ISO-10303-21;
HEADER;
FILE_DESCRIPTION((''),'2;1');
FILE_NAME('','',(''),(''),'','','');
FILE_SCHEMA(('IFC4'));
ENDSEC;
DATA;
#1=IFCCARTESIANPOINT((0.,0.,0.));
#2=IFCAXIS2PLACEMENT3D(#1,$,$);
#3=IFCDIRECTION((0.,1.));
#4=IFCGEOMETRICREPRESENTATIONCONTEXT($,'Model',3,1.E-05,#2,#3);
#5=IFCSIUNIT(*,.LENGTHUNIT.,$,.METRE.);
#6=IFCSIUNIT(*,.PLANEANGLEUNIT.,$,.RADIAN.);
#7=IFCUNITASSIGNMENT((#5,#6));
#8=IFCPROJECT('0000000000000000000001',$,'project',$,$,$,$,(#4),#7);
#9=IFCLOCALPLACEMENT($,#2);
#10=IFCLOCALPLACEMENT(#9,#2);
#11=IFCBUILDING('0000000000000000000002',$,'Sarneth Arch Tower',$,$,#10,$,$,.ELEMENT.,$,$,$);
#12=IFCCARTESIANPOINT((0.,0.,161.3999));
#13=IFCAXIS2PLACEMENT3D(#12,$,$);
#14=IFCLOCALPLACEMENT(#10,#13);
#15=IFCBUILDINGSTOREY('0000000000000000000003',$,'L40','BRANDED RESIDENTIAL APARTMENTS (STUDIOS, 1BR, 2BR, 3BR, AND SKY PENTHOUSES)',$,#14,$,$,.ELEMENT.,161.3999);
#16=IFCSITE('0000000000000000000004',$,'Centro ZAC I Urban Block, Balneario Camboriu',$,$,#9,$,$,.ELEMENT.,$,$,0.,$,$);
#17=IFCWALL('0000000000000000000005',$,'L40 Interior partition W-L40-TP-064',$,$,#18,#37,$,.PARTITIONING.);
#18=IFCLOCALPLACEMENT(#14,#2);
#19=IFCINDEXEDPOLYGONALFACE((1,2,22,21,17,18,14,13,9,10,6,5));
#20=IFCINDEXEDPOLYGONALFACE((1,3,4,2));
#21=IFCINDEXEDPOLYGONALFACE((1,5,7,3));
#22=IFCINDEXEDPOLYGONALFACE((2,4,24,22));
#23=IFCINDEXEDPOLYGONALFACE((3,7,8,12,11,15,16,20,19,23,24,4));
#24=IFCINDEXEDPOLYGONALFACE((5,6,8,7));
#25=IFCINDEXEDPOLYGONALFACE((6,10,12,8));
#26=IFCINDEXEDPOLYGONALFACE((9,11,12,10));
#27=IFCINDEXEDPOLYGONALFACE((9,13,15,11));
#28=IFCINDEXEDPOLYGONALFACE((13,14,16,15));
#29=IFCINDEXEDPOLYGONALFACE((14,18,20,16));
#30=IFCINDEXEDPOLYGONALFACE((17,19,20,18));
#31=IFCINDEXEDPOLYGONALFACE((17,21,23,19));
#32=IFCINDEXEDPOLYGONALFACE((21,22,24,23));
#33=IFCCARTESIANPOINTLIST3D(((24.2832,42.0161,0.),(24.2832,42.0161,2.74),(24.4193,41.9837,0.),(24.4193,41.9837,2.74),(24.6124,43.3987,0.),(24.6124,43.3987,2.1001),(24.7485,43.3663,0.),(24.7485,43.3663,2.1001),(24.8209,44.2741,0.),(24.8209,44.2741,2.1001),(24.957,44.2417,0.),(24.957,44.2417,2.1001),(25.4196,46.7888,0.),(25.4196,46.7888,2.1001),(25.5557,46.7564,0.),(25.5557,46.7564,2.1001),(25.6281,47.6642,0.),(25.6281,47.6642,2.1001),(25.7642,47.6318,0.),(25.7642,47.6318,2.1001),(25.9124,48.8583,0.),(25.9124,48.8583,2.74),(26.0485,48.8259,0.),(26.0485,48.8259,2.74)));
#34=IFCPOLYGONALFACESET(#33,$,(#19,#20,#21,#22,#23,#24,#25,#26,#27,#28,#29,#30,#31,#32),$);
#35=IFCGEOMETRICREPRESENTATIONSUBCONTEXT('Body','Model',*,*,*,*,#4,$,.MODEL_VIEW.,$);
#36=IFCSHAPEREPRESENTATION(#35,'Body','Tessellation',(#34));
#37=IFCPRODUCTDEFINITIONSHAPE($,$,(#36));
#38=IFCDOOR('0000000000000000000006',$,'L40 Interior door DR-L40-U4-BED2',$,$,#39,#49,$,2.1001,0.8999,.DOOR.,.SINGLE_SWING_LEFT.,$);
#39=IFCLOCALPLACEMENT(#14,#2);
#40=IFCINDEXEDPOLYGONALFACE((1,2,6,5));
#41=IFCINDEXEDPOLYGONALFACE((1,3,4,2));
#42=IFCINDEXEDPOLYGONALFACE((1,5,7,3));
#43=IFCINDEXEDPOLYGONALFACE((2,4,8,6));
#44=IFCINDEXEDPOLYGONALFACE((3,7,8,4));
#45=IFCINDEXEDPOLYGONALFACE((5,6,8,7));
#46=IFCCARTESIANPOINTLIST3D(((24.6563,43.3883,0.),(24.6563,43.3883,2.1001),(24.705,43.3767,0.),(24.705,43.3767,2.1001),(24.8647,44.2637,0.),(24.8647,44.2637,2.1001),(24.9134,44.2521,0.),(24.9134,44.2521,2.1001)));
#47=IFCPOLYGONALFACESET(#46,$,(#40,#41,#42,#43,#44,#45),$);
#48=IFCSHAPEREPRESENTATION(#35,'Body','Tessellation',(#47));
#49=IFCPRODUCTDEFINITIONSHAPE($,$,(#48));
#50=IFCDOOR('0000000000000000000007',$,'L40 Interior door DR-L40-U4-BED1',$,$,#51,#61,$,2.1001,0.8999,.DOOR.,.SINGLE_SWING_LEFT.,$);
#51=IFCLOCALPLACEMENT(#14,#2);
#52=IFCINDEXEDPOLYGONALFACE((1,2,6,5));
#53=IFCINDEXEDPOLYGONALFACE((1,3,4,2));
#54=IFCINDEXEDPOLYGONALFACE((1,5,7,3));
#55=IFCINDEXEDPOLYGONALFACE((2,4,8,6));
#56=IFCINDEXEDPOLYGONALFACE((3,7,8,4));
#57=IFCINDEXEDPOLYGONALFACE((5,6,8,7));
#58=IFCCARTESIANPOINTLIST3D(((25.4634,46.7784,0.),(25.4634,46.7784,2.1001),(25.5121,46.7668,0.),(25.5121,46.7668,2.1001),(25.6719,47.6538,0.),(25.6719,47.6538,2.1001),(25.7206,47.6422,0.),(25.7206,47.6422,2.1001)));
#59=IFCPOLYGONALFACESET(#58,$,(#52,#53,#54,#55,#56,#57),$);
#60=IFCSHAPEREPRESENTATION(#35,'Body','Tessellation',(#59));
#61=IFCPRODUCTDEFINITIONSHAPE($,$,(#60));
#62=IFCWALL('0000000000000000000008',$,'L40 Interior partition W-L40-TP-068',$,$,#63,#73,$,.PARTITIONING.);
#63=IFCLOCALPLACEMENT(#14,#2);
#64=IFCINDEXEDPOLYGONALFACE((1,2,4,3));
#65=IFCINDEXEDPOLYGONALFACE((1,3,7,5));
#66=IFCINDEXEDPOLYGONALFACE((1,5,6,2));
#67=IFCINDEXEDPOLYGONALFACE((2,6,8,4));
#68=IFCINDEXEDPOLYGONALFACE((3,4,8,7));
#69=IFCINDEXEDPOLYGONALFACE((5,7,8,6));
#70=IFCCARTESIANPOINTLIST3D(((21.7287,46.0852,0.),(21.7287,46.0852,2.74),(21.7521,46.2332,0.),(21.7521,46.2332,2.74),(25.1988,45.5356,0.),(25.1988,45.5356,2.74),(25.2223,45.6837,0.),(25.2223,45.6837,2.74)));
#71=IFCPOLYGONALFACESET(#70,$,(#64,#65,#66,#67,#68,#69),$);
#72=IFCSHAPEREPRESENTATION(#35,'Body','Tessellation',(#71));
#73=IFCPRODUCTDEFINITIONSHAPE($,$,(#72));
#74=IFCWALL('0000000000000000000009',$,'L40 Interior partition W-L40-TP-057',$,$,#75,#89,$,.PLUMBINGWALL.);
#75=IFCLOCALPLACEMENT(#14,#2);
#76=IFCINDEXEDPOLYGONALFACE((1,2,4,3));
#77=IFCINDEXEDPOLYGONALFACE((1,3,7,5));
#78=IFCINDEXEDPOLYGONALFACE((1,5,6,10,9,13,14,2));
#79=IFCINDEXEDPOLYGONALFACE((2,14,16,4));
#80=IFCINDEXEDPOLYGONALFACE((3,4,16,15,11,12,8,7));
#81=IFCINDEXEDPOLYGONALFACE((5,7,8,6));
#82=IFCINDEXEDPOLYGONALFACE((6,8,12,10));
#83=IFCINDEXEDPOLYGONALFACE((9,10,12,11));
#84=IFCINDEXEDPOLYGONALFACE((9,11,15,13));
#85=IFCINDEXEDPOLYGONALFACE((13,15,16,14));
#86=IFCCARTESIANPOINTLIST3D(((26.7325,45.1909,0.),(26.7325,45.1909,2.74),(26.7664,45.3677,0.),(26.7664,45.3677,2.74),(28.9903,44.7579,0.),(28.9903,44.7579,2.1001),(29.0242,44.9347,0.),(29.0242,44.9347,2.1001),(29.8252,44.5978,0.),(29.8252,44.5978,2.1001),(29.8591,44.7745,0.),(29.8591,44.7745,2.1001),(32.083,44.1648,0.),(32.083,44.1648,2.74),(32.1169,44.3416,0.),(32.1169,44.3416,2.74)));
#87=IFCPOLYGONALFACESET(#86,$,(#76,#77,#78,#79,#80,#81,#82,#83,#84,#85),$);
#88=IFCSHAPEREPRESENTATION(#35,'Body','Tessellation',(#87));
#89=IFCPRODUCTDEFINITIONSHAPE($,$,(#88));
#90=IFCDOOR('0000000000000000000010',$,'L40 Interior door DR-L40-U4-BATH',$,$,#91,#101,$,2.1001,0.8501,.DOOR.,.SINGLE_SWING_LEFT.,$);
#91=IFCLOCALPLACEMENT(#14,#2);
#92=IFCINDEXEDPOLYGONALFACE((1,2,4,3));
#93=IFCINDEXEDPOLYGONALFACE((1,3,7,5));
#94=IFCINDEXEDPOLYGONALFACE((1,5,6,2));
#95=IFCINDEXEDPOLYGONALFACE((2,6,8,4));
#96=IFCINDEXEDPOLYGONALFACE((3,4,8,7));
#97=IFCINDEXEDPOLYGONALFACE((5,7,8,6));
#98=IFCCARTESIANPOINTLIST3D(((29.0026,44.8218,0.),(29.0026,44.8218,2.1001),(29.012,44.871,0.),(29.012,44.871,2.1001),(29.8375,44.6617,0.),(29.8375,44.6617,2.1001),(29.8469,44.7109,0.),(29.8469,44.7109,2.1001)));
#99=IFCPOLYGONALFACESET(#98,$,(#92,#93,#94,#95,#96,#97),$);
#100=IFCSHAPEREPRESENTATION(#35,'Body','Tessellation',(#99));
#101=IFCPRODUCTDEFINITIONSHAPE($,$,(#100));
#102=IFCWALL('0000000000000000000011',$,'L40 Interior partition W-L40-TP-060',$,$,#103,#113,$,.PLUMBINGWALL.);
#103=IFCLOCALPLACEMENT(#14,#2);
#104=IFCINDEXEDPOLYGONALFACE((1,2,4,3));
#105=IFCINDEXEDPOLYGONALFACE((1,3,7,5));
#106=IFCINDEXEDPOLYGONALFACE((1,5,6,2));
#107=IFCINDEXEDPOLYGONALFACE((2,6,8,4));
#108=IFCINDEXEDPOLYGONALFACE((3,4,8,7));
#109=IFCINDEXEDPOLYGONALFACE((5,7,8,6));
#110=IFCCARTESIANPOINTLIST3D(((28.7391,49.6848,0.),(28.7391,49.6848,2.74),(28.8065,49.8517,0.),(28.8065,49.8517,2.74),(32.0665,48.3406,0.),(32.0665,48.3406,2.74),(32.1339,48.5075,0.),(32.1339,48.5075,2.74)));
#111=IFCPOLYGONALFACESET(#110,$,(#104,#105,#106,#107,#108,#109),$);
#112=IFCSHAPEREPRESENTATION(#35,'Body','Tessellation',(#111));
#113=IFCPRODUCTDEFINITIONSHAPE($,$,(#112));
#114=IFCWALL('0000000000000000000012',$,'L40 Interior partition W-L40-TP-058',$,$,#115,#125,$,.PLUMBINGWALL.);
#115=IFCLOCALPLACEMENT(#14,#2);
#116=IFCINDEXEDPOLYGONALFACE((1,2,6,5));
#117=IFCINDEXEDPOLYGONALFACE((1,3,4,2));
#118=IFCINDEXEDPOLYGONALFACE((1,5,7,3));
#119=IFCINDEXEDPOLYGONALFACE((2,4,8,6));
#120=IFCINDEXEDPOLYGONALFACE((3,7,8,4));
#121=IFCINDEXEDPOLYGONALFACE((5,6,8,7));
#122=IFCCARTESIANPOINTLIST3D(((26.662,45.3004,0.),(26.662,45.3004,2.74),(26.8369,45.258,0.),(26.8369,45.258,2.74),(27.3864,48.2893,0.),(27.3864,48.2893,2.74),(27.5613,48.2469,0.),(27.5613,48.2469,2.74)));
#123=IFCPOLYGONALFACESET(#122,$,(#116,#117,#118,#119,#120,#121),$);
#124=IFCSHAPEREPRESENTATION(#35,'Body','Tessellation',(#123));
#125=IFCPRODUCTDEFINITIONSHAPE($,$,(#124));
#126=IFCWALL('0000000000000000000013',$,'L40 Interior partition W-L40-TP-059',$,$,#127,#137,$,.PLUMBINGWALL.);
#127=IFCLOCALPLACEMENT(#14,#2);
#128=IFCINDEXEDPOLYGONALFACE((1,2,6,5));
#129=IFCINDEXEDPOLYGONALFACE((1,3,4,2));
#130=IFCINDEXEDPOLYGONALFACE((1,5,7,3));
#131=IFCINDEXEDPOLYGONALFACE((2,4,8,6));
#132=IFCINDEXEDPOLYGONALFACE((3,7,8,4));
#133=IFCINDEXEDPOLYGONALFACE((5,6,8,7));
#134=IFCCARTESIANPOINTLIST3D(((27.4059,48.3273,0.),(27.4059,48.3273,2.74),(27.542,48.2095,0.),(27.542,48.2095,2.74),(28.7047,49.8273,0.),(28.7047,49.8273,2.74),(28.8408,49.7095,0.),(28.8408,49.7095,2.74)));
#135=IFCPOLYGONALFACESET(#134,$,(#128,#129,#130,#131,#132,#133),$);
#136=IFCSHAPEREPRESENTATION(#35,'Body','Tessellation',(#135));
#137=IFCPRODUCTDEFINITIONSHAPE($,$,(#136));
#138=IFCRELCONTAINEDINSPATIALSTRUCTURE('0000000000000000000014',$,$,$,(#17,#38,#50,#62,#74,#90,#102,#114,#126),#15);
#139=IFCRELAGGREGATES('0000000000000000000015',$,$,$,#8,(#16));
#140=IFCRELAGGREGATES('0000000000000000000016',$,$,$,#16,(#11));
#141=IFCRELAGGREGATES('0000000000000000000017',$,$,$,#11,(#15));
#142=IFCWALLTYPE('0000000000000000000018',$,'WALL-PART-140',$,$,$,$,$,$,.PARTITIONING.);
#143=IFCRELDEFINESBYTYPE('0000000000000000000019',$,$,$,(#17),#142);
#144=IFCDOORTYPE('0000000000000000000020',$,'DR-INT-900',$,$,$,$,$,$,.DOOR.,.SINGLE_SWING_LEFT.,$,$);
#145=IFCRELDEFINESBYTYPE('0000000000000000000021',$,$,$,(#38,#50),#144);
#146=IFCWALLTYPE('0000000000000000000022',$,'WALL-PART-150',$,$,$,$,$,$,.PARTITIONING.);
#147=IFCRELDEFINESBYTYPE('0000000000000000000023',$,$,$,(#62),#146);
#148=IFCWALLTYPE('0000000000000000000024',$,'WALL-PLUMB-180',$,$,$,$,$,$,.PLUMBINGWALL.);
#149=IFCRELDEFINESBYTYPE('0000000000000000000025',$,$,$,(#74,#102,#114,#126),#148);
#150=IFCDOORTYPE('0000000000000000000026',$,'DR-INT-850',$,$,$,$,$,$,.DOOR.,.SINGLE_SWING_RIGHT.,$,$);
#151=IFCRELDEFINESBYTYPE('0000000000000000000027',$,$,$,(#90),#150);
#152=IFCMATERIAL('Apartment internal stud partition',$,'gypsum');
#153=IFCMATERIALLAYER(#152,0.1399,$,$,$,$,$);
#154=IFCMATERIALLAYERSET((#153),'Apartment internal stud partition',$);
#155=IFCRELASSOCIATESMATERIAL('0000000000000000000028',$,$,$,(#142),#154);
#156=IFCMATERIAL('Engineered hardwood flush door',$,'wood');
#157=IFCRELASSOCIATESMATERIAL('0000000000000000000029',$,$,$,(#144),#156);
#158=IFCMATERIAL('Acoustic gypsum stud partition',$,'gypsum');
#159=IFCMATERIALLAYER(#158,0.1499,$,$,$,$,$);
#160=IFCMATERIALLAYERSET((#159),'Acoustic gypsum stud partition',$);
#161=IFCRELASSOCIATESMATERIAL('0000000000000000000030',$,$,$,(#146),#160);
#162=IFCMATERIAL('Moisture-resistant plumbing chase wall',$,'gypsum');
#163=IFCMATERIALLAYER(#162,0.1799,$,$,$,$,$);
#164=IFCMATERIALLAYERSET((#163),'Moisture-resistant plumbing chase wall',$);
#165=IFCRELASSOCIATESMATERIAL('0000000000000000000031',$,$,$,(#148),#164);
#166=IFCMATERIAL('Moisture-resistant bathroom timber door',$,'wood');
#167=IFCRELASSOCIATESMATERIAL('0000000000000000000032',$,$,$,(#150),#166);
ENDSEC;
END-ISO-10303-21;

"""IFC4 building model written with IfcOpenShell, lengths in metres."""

from ifc_helpers import new_model, si_unit, direction, frame, frame_2d, origin, place, context, subcontext, project, spatial, rectangle, extrude, material, layer, layer_set, type_object, element, fill, save


model = new_model("IFC4")

# Units and contexts
model_context = context("Model", 3, precision=1e-05, world=origin(), true_north=direction((0.0, 1.0)))
body_context = subcontext(model_context, "Body", "Model", "MODEL_VIEW")
ifc_project = project(units=[si_unit("LENGTHUNIT", "METRE"), si_unit("PLANEANGLEUNIT", "RADIAN")], contexts=[model_context])

# Site, building, storey
site_placement = place(None, origin())
site = spatial("IfcSite", under=ifc_project, at=site_placement, Name="Centro ZAC I Urban Block, Balneario Camboriu", CompositionType="ELEMENT", RefElevation=0.0)
building_placement = place(site_placement, origin())
building = spatial("IfcBuilding", under=site, at=building_placement, Name="Sarneth Arch Tower", CompositionType="ELEMENT")
storey_placement = place(building_placement, frame((0.0, 0.0, 161.3999)))
storey = spatial("IfcBuildingStorey", under=building, at=storey_placement, Name="L40", Description="BRANDED RESIDENTIAL APARTMENTS (STUDIOS, 1BR, 2BR, 3BR, AND SKY PENTHOUSES)", CompositionType="ELEMENT", Elevation=161.3999)

# Wall, openings, doors
ifc_material_1 = material(Name="Apartment internal stud partition", Category="gypsum")
ifc_layer_1 = layer(ifc_material_1, 0.1399)
ifc_layer_set_1 = layer_set([ifc_layer_1], Name="Apartment internal stud partition")
wall_type_1 = type_object("IfcWallType", Name="WALL-PART-140", PredefinedType="PARTITIONING", material=ifc_layer_set_1)
wall_1_placement = place(storey_placement, frame((24.3513, 42.0, 0.0), z_axis=(0.0, 0.0, 1.0), x_axis=(0.231625, 0.972805, 0.0)))
wall_1 = element("IfcWall", 1, at=wall_1_placement, inside=storey, type_object=wall_type_1, Name="L40 Interior partition W-L40-TP-064", PredefinedType="PARTITIONING", context=body_context, shape_type="SweptSolid", body=[
    extrude(rectangle(XDim=7.0334, YDim=0.1399, at=frame_2d((3.5166, 0.0))), origin(), (0.0, 0.0, 1.0), 2.74),
])
opening_1_placement = place(wall_1_placement, frame((1.4211, 0.0, 0.0)))
opening_1 = element("IfcOpeningElement", 2, at=opening_1_placement, cuts=wall_1, PredefinedType="OPENING", context=body_context, shape_type="SweptSolid", body=[
    extrude(rectangle(XDim=0.8999, YDim=2.1001, at=frame_2d((0.45, 1.05))), frame((0.0, 0.0798, 0.0), z_axis=(0.0, -1.0, 0.0), x_axis=(1.0, 0.0, 0.0)), (0.0, 0.0, 1.0), 0.1599),
])
opening_2_placement = place(wall_1_placement, frame((4.906, 0.0, 0.0)))
opening_2 = element("IfcOpeningElement", 3, at=opening_2_placement, cuts=wall_1, PredefinedType="OPENING", context=body_context, shape_type="SweptSolid", body=[
    extrude(rectangle(XDim=0.8999, YDim=2.1001, at=frame_2d((0.45, 1.05))), frame((0.0, 0.0798, 0.0), z_axis=(0.0, -1.0, 0.0), x_axis=(1.0, 0.0, 0.0)), (0.0, 0.0, 1.0), 0.1599),
])
ifc_material_2 = material(Name="Engineered hardwood flush door", Category="wood")
door_type_1 = type_object("IfcDoorType", Name="DR-INT-900", OperationType="SINGLE_SWING_LEFT", PredefinedType="DOOR", material=ifc_material_2)
door_1_placement = place(opening_1_placement, origin())
door_1 = element("IfcDoor", 4, at=door_1_placement, inside=storey, type_object=door_type_1, Name="L40 Interior door DR-L40-U4-BED2", OperationType="SINGLE_SWING_LEFT", OverallHeight=2.1001, OverallWidth=0.8999, PredefinedType="DOOR", context=body_context, shape_type="SweptSolid", body=[
    extrude(rectangle(XDim=0.8999, YDim=2.1001, at=frame_2d((0.45, 1.05))), frame((0.0, 0.0249, 0.0), z_axis=(0.0, -1.0, 0.0), x_axis=(1.0, 0.0, 0.0)), (0.0, 0.0, 1.0), 0.05),
])
fill(opening_1, door_1)
door_2_placement = place(opening_2_placement, origin())
door_2 = element("IfcDoor", 5, at=door_2_placement, inside=storey, type_object=door_type_1, Name="L40 Interior door DR-L40-U4-BED1", OperationType="SINGLE_SWING_LEFT", OverallHeight=2.1001, OverallWidth=0.8999, PredefinedType="DOOR", context=body_context, shape_type="SweptSolid", body=[
    extrude(rectangle(XDim=0.8999, YDim=2.1001, at=frame_2d((0.45, 1.05))), frame((0.0, 0.0249, 0.0), z_axis=(0.0, -1.0, 0.0), x_axis=(1.0, 0.0, 0.0)), (0.0, 0.0, 1.0), 0.05),
])
fill(opening_2, door_2)

# Wall
ifc_material_3 = material(Name="Acoustic gypsum stud partition", Category="gypsum")
ifc_layer_2 = layer(ifc_material_3, 0.1499)
ifc_layer_set_2 = layer_set([ifc_layer_2], Name="Acoustic gypsum stud partition")
wall_type_2 = type_object("IfcWallType", Name="WALL-PART-150", PredefinedType="PARTITIONING", material=ifc_layer_set_2)
wall_2_placement = place(storey_placement, frame((25.2107, 45.6096, 0.0), z_axis=(0.0, 0.0, 1.0), x_axis=(-0.987691, 0.156416, 0.0)))
element("IfcWall", 6, at=wall_2_placement, inside=storey, type_object=wall_type_2, Name="L40 Interior partition W-L40-TP-068", PredefinedType="PARTITIONING", context=body_context, shape_type="SweptSolid", body=[
    extrude(rectangle(XDim=3.5134, YDim=0.1499, at=frame_2d((1.7568, 0.0))), origin(), (0.0, 0.0, 1.0), 2.74),
])

# Wall, opening, door
ifc_material_4 = material(Name="Moisture-resistant plumbing chase wall", Category="gypsum")
ifc_layer_3 = layer(ifc_material_4, 0.1799)
ifc_layer_set_3 = layer_set([ifc_layer_3], Name="Moisture-resistant plumbing chase wall")
wall_type_3 = type_object("IfcWallType", Name="WALL-PLUMB-180", PredefinedType="PLUMBINGWALL", material=ifc_layer_set_3)
wall_3_placement = place(storey_placement, frame((32.1001, 44.2532, 0.0), z_axis=(0.0, 0.0, 1.0), x_axis=(-0.982103, 0.188345, 0.0)))
wall_3 = element("IfcWall", 7, at=wall_3_placement, inside=storey, type_object=wall_type_3, Name="L40 Interior partition W-L40-TP-057", PredefinedType="PLUMBINGWALL", context=body_context, shape_type="SweptSolid", body=[
    extrude(rectangle(XDim=5.448, YDim=0.1799, at=frame_2d((2.7241, 0.0))), origin(), (0.0, 0.0, 1.0), 2.74),
])
opening_3_placement = place(wall_3_placement, frame((2.2991, 0.0, 0.0)))
opening_3 = element("IfcOpeningElement", 8, at=opening_3_placement, cuts=wall_3, PredefinedType="OPENING", context=body_context, shape_type="SweptSolid", body=[
    extrude(rectangle(XDim=0.8501, YDim=2.1001, at=frame_2d((0.425, 1.05))), frame((0.0, 0.0999, 0.0), z_axis=(0.0, -1.0, 0.0), x_axis=(1.0, 0.0, 0.0)), (0.0, 0.0, 1.0), 0.2),
])
ifc_material_5 = material(Name="Moisture-resistant bathroom timber door", Category="wood")
door_type_2 = type_object("IfcDoorType", Name="DR-INT-850", OperationType="SINGLE_SWING_RIGHT", PredefinedType="DOOR", material=ifc_material_5)
door_3_placement = place(opening_3_placement, origin())
door_3 = element("IfcDoor", 9, at=door_3_placement, inside=storey, type_object=door_type_2, Name="L40 Interior door DR-L40-U4-BATH", OperationType="SINGLE_SWING_LEFT", OverallHeight=2.1001, OverallWidth=0.8501, PredefinedType="DOOR", context=body_context, shape_type="SweptSolid", body=[
    extrude(rectangle(XDim=0.8501, YDim=2.1001, at=frame_2d((0.425, 1.05))), frame((0.0, 0.0249, 0.0), z_axis=(0.0, -1.0, 0.0), x_axis=(1.0, 0.0, 0.0)), (0.0, 0.0, 1.0), 0.05),
])
fill(opening_3, door_3)

# Walls
wall_4_placement = place(storey_placement, frame((28.7727, 49.7683, 0.0), z_axis=(0.0, 0.0, 1.0), x_axis=(0.927195, -0.374579, 0.0)))
element("IfcWall", 10, at=wall_4_placement, inside=storey, type_object=wall_type_3, Name="L40 Interior partition W-L40-TP-060", PredefinedType="PLUMBINGWALL", context=body_context, shape_type="SweptSolid", body=[
    extrude(rectangle(XDim=3.5886, YDim=0.1799, at=frame_2d((1.7944, 0.0))), origin(), (0.0, 0.0, 1.0), 2.74),
])
wall_5_placement = place(storey_placement, frame((26.7495, 45.2793, 0.0), z_axis=(0.0, 0.0, 1.0), x_axis=(0.235525, 0.971868, 0.0)))
element("IfcWall", 11, at=wall_5_placement, inside=storey, type_object=wall_type_3, Name="L40 Interior partition W-L40-TP-058", PredefinedType="PLUMBINGWALL", context=body_context, shape_type="SweptSolid", body=[
    extrude(rectangle(XDim=3.0754, YDim=0.1799, at=frame_2d((1.5376, 0.0))), origin(), (0.0, 0.0, 1.0), 2.74),
])
wall_6_placement = place(storey_placement, frame((27.4739, 48.2683, 0.0), z_axis=(0.0, 0.0, 1.0), x_axis=(0.654593, 0.755981, 0.0)))
element("IfcWall", 12, at=wall_6_placement, inside=storey, type_object=wall_type_3, Name="L40 Interior partition W-L40-TP-059", PredefinedType="PLUMBINGWALL", context=body_context, shape_type="SweptSolid", body=[
    extrude(rectangle(XDim=1.9841, YDim=0.1799, at=frame_2d((0.9922, 0.0))), origin(), (0.0, 0.0, 1.0), 2.74),
])

save(model, "model.ifc")
